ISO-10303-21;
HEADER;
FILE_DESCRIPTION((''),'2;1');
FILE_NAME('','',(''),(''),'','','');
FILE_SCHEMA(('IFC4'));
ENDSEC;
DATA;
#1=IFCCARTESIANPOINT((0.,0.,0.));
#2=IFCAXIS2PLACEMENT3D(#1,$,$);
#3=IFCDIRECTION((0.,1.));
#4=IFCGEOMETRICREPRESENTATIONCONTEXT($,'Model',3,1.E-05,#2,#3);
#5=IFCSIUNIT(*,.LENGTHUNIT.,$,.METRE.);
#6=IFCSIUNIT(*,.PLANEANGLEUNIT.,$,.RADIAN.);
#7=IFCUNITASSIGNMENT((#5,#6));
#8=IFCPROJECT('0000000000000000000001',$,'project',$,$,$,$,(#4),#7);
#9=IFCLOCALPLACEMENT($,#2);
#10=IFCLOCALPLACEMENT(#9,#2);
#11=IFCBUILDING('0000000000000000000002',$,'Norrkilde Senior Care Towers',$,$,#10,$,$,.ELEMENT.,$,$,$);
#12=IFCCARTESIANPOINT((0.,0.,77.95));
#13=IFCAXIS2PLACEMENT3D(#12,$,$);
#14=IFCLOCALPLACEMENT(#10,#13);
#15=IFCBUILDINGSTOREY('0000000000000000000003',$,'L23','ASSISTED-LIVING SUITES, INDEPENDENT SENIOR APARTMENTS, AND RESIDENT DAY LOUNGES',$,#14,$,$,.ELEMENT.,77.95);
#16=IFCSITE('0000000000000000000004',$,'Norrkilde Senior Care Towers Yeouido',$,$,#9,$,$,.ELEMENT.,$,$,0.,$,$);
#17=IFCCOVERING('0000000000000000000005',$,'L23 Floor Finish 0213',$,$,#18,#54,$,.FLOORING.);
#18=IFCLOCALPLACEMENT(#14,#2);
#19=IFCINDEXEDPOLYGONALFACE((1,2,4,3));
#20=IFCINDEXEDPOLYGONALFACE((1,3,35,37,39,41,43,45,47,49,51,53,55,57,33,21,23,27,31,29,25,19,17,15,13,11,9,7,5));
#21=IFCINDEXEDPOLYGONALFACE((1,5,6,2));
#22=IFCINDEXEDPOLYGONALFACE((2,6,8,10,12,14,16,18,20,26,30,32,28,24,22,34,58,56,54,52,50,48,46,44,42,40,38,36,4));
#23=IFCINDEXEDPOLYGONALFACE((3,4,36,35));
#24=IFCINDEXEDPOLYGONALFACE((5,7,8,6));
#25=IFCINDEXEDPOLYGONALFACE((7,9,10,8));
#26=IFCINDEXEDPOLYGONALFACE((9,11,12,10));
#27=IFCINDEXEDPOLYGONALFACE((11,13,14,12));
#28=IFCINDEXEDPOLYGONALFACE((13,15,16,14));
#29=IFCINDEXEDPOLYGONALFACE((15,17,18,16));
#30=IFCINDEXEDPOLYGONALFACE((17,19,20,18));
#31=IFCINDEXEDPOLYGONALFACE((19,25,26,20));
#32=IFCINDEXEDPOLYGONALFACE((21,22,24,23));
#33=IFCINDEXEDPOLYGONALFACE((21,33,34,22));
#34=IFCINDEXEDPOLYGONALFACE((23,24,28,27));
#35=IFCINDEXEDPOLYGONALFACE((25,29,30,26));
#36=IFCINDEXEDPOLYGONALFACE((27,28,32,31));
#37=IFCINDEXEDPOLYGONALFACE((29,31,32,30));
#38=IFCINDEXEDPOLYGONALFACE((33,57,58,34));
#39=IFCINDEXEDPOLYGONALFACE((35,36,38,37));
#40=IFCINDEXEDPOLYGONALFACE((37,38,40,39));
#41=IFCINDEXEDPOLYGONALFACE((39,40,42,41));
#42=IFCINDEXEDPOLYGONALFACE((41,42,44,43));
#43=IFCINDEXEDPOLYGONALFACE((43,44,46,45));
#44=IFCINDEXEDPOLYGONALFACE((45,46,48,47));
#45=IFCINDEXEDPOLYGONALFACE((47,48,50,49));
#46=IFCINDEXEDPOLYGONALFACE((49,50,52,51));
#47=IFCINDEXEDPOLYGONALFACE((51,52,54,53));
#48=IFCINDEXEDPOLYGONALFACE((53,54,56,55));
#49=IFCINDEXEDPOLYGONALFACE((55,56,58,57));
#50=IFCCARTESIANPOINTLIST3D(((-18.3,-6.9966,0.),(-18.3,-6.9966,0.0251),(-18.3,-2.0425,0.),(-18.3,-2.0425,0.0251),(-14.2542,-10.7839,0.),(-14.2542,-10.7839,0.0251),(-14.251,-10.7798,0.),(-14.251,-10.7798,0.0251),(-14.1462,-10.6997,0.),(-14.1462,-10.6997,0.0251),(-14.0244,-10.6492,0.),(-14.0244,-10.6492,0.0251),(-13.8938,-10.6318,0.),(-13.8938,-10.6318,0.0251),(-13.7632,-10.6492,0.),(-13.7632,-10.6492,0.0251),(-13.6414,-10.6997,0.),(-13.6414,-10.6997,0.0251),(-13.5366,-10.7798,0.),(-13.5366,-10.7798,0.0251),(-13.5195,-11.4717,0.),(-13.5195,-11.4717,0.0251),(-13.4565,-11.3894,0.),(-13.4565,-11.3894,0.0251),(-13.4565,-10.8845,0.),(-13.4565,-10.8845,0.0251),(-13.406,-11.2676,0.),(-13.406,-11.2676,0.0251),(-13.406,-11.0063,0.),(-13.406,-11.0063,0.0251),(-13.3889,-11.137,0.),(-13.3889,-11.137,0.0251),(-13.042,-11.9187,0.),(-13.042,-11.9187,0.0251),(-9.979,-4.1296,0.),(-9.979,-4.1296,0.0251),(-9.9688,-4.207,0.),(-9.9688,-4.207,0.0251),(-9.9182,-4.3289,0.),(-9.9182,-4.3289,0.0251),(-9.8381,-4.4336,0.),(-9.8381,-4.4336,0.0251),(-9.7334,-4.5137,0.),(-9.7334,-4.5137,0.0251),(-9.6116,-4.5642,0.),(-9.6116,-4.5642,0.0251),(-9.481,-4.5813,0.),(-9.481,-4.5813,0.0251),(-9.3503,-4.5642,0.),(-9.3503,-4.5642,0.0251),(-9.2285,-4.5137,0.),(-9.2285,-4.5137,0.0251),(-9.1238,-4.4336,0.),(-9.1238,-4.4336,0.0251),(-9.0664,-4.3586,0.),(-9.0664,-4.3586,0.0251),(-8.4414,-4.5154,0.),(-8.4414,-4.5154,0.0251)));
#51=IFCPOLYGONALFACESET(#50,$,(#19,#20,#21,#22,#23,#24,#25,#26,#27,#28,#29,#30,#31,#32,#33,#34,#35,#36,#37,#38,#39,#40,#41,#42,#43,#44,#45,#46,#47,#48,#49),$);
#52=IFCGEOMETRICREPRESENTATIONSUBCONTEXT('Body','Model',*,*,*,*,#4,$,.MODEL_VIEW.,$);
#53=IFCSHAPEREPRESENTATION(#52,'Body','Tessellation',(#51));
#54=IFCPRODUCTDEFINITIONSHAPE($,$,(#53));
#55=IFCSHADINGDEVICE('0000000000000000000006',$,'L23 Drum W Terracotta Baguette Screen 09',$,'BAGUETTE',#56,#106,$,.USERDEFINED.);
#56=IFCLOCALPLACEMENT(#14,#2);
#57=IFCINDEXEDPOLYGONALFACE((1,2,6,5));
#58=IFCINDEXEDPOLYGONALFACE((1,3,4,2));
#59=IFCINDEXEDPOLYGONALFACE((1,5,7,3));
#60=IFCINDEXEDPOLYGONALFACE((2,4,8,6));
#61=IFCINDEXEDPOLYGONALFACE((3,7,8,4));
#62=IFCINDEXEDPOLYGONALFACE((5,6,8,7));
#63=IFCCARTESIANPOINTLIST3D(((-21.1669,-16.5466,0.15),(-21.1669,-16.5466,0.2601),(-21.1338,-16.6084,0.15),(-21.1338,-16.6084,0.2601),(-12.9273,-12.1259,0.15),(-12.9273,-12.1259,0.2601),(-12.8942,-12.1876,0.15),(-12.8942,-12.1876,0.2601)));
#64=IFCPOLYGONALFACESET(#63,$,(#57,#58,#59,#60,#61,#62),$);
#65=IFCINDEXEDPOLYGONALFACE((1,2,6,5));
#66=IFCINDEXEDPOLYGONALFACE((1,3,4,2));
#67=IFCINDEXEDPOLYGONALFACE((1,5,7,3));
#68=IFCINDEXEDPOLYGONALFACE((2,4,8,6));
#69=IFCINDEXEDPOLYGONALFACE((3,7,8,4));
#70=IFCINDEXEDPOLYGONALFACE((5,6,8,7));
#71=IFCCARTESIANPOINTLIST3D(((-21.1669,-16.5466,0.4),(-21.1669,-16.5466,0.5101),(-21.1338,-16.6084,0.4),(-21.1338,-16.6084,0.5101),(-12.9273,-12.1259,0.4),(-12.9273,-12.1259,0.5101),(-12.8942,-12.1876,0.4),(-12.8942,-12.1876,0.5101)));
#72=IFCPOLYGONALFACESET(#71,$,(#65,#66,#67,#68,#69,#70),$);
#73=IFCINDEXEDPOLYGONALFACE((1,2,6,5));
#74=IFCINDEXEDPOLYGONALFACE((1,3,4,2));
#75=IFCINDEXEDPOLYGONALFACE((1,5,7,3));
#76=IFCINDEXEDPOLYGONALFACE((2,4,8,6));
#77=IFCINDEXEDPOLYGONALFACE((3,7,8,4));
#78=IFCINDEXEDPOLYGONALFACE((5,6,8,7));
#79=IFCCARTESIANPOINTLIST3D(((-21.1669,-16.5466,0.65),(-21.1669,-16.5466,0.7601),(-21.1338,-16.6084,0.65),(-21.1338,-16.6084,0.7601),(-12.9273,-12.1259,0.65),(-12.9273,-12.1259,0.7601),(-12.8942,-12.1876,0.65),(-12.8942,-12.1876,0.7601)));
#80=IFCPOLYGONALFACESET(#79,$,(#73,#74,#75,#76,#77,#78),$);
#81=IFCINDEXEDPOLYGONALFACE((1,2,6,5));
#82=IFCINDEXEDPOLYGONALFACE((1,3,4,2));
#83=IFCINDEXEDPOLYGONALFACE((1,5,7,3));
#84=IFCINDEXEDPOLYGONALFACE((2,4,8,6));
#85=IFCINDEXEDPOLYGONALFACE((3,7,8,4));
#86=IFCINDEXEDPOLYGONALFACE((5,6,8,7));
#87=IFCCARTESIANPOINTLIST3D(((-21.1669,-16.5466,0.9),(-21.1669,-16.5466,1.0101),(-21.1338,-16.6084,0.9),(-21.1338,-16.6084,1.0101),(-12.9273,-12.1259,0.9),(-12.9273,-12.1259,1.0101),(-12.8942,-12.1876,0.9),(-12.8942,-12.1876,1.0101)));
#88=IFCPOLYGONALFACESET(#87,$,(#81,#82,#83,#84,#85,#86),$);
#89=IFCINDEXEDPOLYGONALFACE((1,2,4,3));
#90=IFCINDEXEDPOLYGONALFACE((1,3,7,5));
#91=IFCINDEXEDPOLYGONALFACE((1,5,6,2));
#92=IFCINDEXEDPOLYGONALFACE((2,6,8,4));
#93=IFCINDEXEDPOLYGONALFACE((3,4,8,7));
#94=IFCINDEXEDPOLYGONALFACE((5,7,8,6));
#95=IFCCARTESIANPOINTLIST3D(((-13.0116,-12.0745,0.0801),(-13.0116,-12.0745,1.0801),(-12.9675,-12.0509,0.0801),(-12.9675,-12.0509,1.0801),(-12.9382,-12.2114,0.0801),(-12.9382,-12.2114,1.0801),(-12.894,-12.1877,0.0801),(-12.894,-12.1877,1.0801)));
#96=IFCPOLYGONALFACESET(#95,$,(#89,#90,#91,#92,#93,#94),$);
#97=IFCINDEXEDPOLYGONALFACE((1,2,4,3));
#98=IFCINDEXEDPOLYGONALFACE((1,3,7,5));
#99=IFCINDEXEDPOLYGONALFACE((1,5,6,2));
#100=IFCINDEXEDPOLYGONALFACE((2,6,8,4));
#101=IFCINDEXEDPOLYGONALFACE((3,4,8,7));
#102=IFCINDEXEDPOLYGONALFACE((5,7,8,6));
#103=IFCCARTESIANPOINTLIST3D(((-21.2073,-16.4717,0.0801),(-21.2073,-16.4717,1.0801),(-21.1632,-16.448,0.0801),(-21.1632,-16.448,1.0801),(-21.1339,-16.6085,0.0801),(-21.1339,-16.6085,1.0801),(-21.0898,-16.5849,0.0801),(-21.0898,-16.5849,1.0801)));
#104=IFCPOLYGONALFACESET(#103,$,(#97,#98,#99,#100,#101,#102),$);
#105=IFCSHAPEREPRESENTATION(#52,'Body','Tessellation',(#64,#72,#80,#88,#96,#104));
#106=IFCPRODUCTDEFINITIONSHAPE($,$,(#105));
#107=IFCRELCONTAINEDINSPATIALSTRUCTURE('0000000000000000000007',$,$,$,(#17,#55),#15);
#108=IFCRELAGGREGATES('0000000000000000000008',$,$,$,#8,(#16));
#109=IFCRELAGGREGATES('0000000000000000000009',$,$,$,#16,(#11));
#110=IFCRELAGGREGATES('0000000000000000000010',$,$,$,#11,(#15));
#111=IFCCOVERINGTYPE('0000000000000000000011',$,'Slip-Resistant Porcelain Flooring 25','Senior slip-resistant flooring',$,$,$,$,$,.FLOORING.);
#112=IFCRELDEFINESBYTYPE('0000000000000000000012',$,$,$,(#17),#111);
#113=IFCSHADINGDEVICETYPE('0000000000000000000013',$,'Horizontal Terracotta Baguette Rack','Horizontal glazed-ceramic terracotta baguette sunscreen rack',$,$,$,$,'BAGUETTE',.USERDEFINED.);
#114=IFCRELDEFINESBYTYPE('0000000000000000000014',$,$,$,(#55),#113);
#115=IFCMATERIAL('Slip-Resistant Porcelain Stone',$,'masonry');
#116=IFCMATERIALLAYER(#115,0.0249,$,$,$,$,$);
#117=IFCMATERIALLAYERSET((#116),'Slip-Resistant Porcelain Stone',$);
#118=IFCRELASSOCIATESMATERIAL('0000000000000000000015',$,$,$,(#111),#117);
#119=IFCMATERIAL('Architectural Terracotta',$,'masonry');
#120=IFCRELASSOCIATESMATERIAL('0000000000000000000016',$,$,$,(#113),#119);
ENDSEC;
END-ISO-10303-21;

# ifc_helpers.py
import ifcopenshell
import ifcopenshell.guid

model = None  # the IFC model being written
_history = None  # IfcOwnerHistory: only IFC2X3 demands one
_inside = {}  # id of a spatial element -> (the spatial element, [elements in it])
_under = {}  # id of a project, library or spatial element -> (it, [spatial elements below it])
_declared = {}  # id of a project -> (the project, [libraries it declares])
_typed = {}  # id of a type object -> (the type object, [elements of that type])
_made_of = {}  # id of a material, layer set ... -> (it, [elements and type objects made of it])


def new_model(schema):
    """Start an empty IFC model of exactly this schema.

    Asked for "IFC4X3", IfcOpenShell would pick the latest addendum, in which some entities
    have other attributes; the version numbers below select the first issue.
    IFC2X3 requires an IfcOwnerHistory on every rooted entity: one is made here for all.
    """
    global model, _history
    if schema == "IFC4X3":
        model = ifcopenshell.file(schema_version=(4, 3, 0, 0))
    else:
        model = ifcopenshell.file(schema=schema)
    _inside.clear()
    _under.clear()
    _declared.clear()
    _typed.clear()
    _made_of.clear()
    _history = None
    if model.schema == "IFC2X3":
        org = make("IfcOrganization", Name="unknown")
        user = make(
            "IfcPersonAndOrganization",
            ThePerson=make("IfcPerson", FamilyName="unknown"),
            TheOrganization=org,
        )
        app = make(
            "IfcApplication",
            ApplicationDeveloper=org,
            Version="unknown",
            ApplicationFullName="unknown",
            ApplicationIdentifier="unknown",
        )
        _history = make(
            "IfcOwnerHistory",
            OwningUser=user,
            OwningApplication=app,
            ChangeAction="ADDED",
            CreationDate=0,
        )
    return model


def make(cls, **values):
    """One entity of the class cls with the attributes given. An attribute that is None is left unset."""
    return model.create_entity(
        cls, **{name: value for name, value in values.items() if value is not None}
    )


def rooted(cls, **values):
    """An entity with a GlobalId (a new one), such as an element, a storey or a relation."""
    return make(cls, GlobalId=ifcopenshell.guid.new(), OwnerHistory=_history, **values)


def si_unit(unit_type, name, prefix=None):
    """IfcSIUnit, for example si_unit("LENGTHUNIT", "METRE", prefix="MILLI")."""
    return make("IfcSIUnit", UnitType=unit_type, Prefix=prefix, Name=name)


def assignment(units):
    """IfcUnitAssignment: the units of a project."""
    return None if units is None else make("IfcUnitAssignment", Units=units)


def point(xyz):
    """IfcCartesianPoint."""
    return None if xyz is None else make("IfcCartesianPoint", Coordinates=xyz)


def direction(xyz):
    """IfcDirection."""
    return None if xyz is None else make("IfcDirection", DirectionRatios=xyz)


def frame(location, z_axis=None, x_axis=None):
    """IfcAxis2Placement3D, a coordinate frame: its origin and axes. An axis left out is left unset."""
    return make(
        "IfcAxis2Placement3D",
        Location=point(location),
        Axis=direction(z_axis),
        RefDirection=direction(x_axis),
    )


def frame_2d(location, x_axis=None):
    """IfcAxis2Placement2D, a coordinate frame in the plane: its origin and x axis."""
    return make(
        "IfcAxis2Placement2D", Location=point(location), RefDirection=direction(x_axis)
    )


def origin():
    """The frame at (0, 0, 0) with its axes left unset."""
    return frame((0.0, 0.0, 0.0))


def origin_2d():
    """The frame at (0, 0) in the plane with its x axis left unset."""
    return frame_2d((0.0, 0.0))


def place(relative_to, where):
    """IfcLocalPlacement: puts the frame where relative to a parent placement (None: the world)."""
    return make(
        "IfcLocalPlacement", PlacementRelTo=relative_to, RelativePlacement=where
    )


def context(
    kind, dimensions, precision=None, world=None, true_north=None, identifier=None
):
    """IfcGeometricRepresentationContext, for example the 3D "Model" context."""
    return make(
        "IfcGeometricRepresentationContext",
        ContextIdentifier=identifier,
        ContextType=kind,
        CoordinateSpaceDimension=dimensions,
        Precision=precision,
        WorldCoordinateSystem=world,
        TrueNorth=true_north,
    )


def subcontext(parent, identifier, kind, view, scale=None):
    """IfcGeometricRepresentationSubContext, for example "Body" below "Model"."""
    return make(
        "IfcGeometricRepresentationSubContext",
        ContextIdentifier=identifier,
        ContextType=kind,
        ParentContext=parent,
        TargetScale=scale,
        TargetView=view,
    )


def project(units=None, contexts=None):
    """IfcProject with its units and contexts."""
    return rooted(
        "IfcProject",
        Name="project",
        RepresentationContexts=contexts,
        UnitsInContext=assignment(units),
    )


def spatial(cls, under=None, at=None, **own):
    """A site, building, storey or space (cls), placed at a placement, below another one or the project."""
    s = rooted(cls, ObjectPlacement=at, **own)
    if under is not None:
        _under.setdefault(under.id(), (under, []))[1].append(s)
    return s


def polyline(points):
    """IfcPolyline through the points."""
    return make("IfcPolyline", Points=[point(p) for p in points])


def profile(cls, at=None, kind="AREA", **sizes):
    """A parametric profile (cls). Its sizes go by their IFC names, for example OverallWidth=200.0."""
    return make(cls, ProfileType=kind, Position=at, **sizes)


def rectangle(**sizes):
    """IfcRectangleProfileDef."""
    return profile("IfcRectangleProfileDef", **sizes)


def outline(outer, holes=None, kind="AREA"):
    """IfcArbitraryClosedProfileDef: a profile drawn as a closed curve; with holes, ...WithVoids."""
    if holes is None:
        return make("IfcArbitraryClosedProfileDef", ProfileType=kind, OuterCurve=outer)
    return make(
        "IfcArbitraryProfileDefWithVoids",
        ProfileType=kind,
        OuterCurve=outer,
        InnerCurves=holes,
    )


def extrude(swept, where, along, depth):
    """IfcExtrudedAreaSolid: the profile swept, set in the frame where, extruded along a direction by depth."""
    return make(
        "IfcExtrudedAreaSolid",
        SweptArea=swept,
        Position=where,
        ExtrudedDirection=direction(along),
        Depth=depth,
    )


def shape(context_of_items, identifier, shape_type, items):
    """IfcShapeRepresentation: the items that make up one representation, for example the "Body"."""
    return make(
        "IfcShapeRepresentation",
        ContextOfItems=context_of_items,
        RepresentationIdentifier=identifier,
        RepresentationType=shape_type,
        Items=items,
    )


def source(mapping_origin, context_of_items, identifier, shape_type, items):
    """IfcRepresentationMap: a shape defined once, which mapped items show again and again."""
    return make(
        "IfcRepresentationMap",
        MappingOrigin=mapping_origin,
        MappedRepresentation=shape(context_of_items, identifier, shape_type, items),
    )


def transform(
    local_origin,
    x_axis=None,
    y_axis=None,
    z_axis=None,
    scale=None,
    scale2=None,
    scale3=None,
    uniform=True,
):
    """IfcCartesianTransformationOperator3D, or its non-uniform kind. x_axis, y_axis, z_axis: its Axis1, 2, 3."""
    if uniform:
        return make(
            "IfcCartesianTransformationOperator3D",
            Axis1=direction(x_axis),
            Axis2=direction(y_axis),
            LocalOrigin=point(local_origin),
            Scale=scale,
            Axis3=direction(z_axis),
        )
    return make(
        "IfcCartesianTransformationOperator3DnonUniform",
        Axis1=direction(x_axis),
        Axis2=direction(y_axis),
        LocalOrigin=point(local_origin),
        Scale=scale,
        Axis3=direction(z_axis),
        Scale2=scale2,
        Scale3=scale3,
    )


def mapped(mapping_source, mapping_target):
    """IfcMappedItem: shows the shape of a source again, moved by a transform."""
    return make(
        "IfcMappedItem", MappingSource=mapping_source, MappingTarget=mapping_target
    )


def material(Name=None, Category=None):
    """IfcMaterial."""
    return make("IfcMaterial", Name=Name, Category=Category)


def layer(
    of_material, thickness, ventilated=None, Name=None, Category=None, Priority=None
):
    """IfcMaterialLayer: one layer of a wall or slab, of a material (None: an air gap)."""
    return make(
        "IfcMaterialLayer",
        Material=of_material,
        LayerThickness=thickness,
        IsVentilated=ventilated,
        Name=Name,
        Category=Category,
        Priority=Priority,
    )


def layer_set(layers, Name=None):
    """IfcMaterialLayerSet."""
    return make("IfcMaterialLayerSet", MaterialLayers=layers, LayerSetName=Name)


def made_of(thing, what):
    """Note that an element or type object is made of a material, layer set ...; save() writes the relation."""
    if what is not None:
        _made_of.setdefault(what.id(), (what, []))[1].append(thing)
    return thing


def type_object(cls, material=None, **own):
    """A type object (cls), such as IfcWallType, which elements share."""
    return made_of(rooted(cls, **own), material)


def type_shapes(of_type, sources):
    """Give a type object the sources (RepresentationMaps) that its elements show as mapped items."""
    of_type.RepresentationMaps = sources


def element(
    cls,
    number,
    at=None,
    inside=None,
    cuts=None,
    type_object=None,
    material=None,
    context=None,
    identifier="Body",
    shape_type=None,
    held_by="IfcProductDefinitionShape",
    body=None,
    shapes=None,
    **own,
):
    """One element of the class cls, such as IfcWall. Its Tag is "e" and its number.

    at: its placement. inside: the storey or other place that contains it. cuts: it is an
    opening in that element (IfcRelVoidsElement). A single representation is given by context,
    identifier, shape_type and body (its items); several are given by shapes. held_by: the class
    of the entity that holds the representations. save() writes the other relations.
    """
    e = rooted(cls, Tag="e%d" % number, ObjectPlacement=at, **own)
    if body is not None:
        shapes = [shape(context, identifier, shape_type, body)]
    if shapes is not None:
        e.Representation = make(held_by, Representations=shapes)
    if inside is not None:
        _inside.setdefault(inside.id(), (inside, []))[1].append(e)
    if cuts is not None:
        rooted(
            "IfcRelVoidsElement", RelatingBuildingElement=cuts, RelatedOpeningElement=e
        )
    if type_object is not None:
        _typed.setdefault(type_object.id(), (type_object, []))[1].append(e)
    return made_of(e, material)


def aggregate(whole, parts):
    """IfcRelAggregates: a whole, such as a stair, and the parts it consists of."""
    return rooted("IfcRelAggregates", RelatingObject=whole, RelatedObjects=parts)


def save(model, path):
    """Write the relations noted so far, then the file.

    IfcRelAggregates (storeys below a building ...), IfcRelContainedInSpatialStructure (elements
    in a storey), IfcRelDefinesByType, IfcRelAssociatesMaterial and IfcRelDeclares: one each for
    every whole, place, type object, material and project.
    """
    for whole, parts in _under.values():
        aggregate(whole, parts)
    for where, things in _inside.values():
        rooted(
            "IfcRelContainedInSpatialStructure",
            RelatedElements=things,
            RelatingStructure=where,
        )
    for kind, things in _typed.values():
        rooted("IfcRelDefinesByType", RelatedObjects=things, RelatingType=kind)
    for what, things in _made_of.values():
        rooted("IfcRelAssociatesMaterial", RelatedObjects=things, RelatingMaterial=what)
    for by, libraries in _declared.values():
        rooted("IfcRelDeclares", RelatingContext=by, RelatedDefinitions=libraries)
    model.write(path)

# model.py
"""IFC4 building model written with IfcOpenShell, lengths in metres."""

from ifc_helpers import new_model, si_unit, direction, frame, origin, origin_2d, place, context, subcontext, project, spatial, polyline, rectangle, outline, extrude, source, transform, mapped, material, layer, layer_set, type_object, type_shapes, element, save


model = new_model("IFC4")

# Units and contexts
model_context = context("Model", 3, precision=1e-05, world=origin(), true_north=direction((0.0, 1.0)))
body_context = subcontext(model_context, "Body", "Model", "MODEL_VIEW")
ifc_project = project(units=[si_unit("LENGTHUNIT", "METRE"), si_unit("PLANEANGLEUNIT", "RADIAN")], contexts=[model_context])

# Site, building, storey
site_placement = place(None, origin())
site = spatial("IfcSite", under=ifc_project, at=site_placement, Name="Norrkilde Senior Care Towers Yeouido", CompositionType="ELEMENT", RefElevation=0.0)
building_placement = place(site_placement, origin())
building = spatial("IfcBuilding", under=site, at=building_placement, Name="Norrkilde Senior Care Towers", CompositionType="ELEMENT")
storey_placement = place(building_placement, frame((0.0, 0.0, 77.95)))
storey = spatial("IfcBuildingStorey", under=building, at=storey_placement, Name="L23", Description="ASSISTED-LIVING SUITES, INDEPENDENT SENIOR APARTMENTS, AND RESIDENT DAY LOUNGES", CompositionType="ELEMENT", Elevation=77.95)

# Covering
ifc_material_1 = material(Name="Slip-Resistant Porcelain Stone", Category="masonry")
ifc_layer_1 = layer(ifc_material_1, 0.0249)
ifc_layer_set_1 = layer_set([ifc_layer_1], Name="Slip-Resistant Porcelain Stone")
covering_type_1 = type_object("IfcCoveringType", Name="Slip-Resistant Porcelain Flooring 25", Description="Senior slip-resistant flooring", PredefinedType="FLOORING", material=ifc_layer_set_1)
covering_1_placement = place(storey_placement, origin())
element("IfcCovering", 1, at=covering_1_placement, inside=storey, type_object=covering_type_1, Name="L23 Floor Finish 0213", PredefinedType="FLOORING", context=body_context, shape_type="SweptSolid", body=[
    extrude(outline(polyline([(-13.042, -11.9187), (-13.5195, -11.4717), (-13.4565, -11.3894), (-13.406, -11.2676), (-13.3889, -11.137), (-13.406, -11.0063), (-13.4565, -10.8845), (-13.5366, -10.7798), (-13.6414, -10.6997), (-13.7632, -10.6492), (-13.8938, -10.6318), (-14.0244, -10.6492), (-14.1462, -10.6997), (-14.251, -10.7798), (-14.2542, -10.7839), (-18.3, -6.9966), (-18.3, -2.0425), (-9.979, -4.1296), (-9.9688, -4.207), (-9.9182, -4.3289), (-9.8381, -4.4336), (-9.7334, -4.5137), (-9.6116, -4.5642), (-9.481, -4.5813), (-9.3503, -4.5642), (-9.2285, -4.5137), (-9.1238, -4.4336), (-9.0664, -4.3586), (-8.4414, -4.5154), (-13.042, -11.9187)])), origin(), (0.0, 0.0, 1.0), 0.0251),
])

# Shading device
ifc_material_2 = material(Name="Architectural Terracotta", Category="masonry")
shading_device_type = type_object("IfcShadingDeviceType", Name="Horizontal Terracotta Baguette Rack", Description="Horizontal glazed-ceramic terracotta baguette sunscreen rack", ElementType="BAGUETTE", PredefinedType="USERDEFINED", material=ifc_material_2)
shared_shape_1 = source(origin(), body_context, "Body", "SweptSolid", [
    extrude(rectangle(XDim=0.0701, YDim=0.1101, at=origin_2d()), frame((0.0, 0.0901, 0.125), z_axis=(1.0, 0.0, 0.0), x_axis=(0.0, 1.0, 0.0)), (0.0, 0.0, 1.0), 9.3506),
    extrude(rectangle(XDim=0.0701, YDim=0.1101, at=origin_2d()), frame((0.0, 0.0901, 0.375), z_axis=(1.0, 0.0, 0.0), x_axis=(0.0, 1.0, 0.0)), (0.0, 0.0, 1.0), 9.3506),
    extrude(rectangle(XDim=0.0701, YDim=0.1101, at=origin_2d()), frame((0.0, 0.0901, 0.625), z_axis=(1.0, 0.0, 0.0), x_axis=(0.0, 1.0, 0.0)), (0.0, 0.0, 1.0), 9.3506),
    extrude(rectangle(XDim=0.0701, YDim=0.1101, at=origin_2d()), frame((0.0, 0.0901, 0.875), z_axis=(1.0, 0.0, 0.0), x_axis=(0.0, 1.0, 0.0)), (0.0, 0.0, 1.0), 9.3506),
    extrude(rectangle(XDim=0.05, YDim=0.1553, at=origin_2d()), frame((0.0249, 0.0476, 0.0)), (0.0, 0.0, 1.0), 1.0),
    extrude(rectangle(XDim=0.05, YDim=0.1553, at=origin_2d()), frame((9.3257, 0.0476, 0.0)), (0.0, 0.0, 1.0), 1.0),
])
type_shapes(shading_device_type, [shared_shape_1])
shading_device_placement = place(storey_placement, frame((-12.9534, -12.0774, 0.0801), z_axis=(0.0, 0.0, 1.0), x_axis=(-0.881175, -0.472768, 0.0)))
element("IfcShadingDevice", 2, at=shading_device_placement, inside=storey, type_object=shading_device_type, Name="L23 Drum W Terracotta Baguette Screen 09", ObjectType="BAGUETTE", PredefinedType="USERDEFINED", context=body_context, shape_type="MappedRepresentation", body=[
    mapped(shared_shape_1, transform((0.0, 0.0, 0.0), x_axis=(1.0, 0.0, 0.0), y_axis=(0.0, 1.0, 0.0), z_axis=(0.0, 0.0, 1.0), scale=1.0)),
])

save(model, "model.ifc")
